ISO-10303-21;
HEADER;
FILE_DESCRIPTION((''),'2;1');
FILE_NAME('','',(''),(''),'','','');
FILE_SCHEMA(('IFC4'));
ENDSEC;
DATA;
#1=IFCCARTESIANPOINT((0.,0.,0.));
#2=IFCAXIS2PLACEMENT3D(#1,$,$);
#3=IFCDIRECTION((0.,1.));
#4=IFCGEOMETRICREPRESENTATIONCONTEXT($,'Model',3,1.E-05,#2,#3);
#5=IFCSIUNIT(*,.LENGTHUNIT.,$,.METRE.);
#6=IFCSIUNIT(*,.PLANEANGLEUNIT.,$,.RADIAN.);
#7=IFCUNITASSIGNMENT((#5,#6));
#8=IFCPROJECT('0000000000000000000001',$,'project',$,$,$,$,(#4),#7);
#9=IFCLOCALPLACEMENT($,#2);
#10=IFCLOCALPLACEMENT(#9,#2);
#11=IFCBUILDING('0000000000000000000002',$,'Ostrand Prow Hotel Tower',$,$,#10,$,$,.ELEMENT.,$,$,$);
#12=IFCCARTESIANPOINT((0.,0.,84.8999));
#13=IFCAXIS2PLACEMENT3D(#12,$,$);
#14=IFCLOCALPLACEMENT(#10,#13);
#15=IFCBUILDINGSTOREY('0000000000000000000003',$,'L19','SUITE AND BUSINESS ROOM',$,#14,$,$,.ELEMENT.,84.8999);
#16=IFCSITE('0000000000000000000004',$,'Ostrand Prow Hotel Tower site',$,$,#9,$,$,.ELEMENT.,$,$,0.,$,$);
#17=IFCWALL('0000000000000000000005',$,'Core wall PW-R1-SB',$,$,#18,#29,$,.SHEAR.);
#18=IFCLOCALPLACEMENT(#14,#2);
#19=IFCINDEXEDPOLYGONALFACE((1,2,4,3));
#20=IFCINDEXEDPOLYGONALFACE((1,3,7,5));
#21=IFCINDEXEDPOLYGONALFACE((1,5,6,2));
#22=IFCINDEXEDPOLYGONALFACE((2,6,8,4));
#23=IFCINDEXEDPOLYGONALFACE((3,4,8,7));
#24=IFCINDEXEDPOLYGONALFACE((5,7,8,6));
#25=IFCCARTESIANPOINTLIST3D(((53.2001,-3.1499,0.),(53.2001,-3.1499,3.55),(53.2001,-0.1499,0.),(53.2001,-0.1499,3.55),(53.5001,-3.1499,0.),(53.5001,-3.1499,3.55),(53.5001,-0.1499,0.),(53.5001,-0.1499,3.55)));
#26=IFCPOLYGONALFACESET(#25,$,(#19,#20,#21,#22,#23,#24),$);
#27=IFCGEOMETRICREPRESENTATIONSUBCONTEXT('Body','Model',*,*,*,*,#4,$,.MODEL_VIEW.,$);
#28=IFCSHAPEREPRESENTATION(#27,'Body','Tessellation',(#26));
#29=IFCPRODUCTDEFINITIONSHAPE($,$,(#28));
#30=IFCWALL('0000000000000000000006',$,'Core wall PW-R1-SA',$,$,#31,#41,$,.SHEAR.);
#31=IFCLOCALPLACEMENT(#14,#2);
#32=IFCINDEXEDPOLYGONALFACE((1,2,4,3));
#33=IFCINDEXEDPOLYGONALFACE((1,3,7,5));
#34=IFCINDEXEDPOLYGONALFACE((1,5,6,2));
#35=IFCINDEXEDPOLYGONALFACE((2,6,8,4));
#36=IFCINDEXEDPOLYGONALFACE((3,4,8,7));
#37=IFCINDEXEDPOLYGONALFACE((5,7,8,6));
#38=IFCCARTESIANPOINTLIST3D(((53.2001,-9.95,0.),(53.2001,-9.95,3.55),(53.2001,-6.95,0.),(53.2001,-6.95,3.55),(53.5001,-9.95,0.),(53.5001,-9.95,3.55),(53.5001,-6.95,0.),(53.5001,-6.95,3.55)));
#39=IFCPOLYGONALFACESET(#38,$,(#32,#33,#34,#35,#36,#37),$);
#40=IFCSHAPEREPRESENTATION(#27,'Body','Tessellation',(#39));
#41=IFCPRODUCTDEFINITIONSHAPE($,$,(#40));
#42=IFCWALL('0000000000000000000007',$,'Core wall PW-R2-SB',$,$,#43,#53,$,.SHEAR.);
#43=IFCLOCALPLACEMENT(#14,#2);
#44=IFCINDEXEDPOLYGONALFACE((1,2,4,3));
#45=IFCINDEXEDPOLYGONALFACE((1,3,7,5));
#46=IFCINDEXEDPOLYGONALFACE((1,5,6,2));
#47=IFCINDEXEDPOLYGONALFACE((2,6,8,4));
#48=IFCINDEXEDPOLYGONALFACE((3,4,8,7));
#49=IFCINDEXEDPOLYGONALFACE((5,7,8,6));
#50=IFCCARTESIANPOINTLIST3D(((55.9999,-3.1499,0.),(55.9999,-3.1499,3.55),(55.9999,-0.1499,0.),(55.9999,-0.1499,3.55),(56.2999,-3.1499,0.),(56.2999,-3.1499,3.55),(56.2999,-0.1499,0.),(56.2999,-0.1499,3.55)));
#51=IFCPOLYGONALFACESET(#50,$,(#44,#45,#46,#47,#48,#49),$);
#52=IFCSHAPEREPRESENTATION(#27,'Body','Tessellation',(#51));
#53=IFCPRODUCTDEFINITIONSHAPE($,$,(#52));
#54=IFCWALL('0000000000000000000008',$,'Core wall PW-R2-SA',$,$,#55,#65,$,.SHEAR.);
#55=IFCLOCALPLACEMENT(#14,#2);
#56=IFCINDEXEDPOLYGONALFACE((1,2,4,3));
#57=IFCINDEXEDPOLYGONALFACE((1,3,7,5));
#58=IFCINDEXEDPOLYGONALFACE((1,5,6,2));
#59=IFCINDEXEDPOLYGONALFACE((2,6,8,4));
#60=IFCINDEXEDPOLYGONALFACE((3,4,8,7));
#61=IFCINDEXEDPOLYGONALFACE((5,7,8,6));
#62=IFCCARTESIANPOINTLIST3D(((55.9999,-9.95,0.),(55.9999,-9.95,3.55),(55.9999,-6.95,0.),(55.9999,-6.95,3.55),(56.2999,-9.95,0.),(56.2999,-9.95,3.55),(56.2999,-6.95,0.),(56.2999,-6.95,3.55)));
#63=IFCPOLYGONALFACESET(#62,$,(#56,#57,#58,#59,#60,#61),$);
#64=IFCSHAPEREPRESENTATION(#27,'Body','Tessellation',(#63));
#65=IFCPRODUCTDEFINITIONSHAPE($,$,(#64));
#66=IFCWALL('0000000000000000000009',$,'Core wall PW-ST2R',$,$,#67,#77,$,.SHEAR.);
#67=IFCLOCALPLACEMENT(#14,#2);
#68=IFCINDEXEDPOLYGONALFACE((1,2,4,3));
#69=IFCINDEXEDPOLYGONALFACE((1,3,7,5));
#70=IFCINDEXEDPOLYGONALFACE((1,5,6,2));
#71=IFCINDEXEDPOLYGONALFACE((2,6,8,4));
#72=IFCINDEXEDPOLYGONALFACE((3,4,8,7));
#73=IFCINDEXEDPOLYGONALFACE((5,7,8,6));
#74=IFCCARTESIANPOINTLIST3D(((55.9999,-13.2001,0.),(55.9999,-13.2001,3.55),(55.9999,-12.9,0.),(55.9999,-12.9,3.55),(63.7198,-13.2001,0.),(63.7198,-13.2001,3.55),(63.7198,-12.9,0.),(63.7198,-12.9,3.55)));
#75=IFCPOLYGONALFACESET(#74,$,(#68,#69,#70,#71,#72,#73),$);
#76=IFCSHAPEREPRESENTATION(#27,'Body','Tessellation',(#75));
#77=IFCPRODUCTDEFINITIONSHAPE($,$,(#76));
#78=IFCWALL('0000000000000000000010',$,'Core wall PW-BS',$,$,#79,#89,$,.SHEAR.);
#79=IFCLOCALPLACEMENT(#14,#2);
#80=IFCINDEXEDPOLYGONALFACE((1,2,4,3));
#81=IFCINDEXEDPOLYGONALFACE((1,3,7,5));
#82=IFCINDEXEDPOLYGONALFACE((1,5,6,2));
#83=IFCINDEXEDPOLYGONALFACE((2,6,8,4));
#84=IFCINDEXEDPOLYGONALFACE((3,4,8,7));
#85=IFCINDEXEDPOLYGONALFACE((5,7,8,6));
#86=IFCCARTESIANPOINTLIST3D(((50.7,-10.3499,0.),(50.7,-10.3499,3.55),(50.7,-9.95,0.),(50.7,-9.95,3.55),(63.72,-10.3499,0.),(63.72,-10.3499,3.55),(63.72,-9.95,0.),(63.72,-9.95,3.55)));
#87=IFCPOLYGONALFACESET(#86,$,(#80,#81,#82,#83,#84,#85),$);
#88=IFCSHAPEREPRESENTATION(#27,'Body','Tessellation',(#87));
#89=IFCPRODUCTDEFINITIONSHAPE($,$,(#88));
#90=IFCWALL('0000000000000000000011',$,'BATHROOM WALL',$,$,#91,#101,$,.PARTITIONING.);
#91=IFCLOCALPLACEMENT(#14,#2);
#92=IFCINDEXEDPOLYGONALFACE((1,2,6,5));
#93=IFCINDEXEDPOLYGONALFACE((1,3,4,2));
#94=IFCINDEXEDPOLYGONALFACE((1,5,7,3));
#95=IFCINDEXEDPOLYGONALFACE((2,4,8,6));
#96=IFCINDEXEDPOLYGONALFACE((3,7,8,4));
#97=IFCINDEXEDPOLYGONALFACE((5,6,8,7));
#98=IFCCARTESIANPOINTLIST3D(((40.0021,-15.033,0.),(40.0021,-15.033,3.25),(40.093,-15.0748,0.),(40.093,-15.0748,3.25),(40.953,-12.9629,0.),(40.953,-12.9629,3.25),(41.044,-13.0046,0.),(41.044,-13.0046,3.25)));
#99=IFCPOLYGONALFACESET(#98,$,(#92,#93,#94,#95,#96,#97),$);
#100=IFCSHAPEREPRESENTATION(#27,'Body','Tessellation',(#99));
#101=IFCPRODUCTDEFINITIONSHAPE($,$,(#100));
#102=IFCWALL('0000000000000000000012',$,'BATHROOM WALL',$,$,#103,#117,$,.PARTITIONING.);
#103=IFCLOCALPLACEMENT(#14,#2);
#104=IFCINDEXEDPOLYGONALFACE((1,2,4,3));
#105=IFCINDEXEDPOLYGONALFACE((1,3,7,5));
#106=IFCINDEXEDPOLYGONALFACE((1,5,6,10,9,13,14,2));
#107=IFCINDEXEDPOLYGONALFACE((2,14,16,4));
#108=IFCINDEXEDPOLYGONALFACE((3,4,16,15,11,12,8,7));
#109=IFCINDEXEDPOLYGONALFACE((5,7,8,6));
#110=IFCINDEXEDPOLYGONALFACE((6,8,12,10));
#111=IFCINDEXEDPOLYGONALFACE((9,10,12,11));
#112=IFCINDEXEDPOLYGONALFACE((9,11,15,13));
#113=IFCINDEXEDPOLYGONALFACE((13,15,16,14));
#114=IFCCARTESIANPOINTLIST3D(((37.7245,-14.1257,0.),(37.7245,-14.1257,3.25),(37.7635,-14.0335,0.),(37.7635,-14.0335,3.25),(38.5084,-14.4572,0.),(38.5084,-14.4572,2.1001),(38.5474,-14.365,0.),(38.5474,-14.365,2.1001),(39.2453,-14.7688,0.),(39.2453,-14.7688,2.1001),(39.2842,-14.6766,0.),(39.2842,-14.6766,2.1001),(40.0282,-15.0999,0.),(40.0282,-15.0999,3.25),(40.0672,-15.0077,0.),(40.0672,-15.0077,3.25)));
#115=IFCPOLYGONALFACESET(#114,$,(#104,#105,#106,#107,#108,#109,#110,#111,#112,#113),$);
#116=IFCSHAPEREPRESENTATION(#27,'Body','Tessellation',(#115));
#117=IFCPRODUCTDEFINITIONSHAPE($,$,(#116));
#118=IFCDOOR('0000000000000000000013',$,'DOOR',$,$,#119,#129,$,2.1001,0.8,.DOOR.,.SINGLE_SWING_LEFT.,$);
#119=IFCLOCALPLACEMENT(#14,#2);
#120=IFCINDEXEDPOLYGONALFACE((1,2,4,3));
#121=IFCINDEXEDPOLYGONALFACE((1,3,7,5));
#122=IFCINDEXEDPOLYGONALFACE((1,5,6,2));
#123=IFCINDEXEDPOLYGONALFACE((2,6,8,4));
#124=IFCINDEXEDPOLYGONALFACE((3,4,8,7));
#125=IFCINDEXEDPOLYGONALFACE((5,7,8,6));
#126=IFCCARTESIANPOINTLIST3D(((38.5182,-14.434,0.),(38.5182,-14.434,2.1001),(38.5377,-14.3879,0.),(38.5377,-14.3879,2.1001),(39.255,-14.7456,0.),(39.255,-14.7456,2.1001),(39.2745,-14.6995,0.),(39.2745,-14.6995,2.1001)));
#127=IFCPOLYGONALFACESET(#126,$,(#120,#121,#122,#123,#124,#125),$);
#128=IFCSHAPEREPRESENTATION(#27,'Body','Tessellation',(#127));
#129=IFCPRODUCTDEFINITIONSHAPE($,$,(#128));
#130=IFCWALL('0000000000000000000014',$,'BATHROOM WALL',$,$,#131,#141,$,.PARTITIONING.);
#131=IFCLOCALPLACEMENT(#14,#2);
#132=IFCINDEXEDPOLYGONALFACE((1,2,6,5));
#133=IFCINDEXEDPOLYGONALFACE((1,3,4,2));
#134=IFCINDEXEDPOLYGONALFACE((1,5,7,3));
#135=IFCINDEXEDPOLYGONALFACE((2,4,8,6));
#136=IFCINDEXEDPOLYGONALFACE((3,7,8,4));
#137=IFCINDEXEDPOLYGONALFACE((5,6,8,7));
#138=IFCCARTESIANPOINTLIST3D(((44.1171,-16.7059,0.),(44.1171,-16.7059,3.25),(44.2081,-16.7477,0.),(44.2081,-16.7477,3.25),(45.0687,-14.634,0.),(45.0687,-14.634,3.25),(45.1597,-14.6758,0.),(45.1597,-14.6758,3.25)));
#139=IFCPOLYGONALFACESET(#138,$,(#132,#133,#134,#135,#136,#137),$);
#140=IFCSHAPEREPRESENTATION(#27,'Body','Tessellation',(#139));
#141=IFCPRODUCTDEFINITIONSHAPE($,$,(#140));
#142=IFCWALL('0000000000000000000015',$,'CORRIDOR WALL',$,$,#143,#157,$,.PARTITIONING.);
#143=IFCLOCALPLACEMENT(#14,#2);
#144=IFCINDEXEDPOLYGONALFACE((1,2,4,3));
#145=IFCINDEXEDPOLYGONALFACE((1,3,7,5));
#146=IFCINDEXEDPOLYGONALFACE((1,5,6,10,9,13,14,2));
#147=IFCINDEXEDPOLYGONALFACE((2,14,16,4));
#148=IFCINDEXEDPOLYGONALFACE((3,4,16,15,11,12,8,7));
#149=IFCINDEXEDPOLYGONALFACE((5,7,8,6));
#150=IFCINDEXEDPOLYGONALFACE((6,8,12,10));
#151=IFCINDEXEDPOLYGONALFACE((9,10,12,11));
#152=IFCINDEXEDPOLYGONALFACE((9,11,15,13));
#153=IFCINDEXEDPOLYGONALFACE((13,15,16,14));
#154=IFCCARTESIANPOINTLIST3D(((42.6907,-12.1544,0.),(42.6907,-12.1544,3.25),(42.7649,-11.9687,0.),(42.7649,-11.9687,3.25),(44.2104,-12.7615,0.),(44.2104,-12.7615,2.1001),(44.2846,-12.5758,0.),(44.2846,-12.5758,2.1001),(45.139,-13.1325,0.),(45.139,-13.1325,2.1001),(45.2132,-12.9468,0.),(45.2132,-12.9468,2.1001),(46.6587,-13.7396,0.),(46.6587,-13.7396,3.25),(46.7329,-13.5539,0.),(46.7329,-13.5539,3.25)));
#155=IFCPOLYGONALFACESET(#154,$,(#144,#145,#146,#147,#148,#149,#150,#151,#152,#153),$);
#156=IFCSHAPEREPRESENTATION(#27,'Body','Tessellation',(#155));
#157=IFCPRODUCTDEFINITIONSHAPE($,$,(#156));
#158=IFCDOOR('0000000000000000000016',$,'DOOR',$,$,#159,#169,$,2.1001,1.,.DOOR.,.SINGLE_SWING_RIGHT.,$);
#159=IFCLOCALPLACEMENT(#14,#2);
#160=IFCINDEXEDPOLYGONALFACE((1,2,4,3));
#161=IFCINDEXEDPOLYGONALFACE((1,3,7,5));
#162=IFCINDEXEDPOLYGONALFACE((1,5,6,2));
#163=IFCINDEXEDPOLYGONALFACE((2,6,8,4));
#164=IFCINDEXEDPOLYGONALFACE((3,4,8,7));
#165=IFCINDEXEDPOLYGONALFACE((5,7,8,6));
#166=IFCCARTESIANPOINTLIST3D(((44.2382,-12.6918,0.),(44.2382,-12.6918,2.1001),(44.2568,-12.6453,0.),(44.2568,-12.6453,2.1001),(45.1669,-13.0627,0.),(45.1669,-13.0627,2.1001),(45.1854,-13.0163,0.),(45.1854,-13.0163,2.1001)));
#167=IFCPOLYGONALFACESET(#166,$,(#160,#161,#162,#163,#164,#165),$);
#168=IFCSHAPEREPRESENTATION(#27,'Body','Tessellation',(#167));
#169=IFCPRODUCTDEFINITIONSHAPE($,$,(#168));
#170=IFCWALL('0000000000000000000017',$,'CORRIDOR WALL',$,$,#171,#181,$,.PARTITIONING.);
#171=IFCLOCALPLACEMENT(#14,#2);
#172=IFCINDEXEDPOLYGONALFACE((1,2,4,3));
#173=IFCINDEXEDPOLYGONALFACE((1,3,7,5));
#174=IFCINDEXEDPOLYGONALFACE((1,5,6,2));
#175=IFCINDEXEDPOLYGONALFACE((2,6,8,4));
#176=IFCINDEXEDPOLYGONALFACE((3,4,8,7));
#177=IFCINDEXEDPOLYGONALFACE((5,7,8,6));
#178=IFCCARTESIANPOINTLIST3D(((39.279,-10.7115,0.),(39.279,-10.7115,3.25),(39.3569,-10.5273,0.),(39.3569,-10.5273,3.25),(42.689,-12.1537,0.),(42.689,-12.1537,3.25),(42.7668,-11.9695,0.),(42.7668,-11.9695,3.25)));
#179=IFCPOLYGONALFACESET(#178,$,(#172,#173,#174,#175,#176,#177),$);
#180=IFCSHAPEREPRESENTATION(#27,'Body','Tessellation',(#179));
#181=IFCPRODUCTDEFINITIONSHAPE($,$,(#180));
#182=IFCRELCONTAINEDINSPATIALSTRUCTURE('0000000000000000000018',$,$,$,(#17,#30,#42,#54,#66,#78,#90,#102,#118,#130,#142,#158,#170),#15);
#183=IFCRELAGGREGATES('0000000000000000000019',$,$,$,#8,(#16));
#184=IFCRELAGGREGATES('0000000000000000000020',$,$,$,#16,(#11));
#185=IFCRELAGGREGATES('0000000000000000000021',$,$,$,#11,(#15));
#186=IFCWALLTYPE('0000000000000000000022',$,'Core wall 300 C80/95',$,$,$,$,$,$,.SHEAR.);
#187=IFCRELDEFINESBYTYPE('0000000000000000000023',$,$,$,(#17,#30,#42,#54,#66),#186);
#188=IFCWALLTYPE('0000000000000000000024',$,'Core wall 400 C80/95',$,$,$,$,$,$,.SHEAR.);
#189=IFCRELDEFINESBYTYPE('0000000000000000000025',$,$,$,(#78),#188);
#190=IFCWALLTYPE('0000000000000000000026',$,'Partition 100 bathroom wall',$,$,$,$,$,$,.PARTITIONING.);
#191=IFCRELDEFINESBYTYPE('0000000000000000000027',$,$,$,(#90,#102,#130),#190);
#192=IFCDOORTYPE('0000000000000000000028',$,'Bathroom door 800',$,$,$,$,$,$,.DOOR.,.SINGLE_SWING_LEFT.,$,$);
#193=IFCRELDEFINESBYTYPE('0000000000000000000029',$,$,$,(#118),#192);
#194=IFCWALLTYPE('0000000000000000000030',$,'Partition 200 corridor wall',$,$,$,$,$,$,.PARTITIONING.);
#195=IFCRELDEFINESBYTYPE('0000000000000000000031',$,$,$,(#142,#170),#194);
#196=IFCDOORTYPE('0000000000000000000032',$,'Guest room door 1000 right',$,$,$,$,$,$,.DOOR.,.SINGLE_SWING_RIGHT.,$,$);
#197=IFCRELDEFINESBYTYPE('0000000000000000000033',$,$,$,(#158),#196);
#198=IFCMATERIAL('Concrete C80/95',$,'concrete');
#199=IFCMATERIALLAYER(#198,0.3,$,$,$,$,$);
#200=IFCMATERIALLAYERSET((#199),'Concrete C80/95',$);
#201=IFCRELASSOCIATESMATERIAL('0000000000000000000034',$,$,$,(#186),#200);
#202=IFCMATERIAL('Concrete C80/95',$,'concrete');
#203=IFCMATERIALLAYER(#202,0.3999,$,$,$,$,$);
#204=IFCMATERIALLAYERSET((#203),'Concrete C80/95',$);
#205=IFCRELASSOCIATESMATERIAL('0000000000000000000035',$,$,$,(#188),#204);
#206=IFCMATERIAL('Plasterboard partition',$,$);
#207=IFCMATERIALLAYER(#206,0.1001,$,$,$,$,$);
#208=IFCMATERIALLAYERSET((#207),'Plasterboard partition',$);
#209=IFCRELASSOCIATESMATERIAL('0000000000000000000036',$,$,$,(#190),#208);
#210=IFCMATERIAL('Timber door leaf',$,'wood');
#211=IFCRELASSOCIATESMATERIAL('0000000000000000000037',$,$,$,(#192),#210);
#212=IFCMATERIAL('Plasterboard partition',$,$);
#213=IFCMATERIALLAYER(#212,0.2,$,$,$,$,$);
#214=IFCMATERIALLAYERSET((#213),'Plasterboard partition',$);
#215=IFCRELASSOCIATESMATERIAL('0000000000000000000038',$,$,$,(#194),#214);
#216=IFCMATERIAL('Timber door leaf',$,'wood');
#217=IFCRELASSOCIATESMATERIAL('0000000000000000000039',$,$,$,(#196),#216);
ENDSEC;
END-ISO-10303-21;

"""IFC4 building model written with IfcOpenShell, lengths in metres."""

from ifc_helpers import new_model, si_unit, direction, frame, frame_2d, origin, place, context, subcontext, project, spatial, rectangle, extrude, material, layer, layer_set, type_object, element, fill, save


model = new_model("IFC4")

# Units and contexts
model_context = context("Model", 3, precision=1e-05, world=origin(), true_north=direction((0.0, 1.0)))
body_context = subcontext(model_context, "Body", "Model", "MODEL_VIEW")
ifc_project = project(units=[si_unit("LENGTHUNIT", "METRE"), si_unit("PLANEANGLEUNIT", "RADIAN")], contexts=[model_context])

# Site, building, storey
site_placement = place(None, origin())
site = spatial("IfcSite", under=ifc_project, at=site_placement, Name="Ostrand Prow Hotel Tower site", CompositionType="ELEMENT", RefElevation=0.0)
building_placement = place(site_placement, origin())
building = spatial("IfcBuilding", under=site, at=building_placement, Name="Ostrand Prow Hotel Tower", CompositionType="ELEMENT")
storey_placement = place(building_placement, frame((0.0, 0.0, 84.8999)))
storey = spatial("IfcBuildingStorey", under=building, at=storey_placement, Name="L19", Description="SUITE AND BUSINESS ROOM", CompositionType="ELEMENT", Elevation=84.8999)

# Shared definitions
ifc_material_1 = material(Name="Concrete C80/95", Category="concrete")
ifc_layer_1 = layer(ifc_material_1, 0.3)
ifc_layer_set_1 = layer_set([ifc_layer_1], Name="Concrete C80/95")
wall_type_1 = type_object("IfcWallType", Name="Core wall 300 C80/95", PredefinedType="SHEAR", material=ifc_layer_set_1)

# Walls
for number, where, z_axis, x_axis, name in (
    (1, (53.3501, -3.1499, 0.0), (0.0, 0.0, 1.0), (0.0, 1.0, 0.0), "Core wall PW-R1-SB"),
    (2, (53.3501, -9.95, 0.0), (0.0, 0.0, 1.0), (0.0, 1.0, 0.0), "Core wall PW-R1-SA"),
    (3, (56.1499, -3.1499, 0.0), (0.0, 0.0, 1.0), (0.0, 1.0, 0.0), "Core wall PW-R2-SB"),
    (4, (56.1499, -9.95, 0.0), (0.0, 0.0, 1.0), (0.0, 1.0, 0.0), "Core wall PW-R2-SA"),
):
    element("IfcWall", number, at=place(storey_placement, frame(where, z_axis=z_axis, x_axis=x_axis)), inside=storey, type_object=wall_type_1, Name=name, PredefinedType="SHEAR", context=body_context, shape_type="SweptSolid", body=[
        extrude(rectangle(XDim=3.0, YDim=0.3, at=frame_2d((1.5, 0.0))), origin(), (0.0, 0.0, 1.0), 3.55),
    ])
wall_1_placement = place(storey_placement, frame((56.0, -13.05, 0.0), z_axis=(0.0, 0.0, 1.0), x_axis=(1.0, 0.0, 0.0)))
element("IfcWall", 5, at=wall_1_placement, inside=storey, type_object=wall_type_1, Name="Core wall PW-ST2R", PredefinedType="SHEAR", context=body_context, shape_type="SweptSolid", body=[
    extrude(rectangle(XDim=7.72, YDim=0.3, at=frame_2d((3.8599, 0.0))), origin(), (0.0, 0.0, 1.0), 3.55),
])
ifc_material_2 = material(Name="Concrete C80/95", Category="concrete")
ifc_layer_2 = layer(ifc_material_2, 0.3999)
ifc_layer_set_2 = layer_set([ifc_layer_2], Name="Concrete C80/95")
wall_type_2 = type_object("IfcWallType", Name="Core wall 400 C80/95", PredefinedType="SHEAR", material=ifc_layer_set_2)
wall_2_placement = place(storey_placement, frame((50.7, -10.1499, 0.0), z_axis=(0.0, 0.0, 1.0), x_axis=(1.0, 0.0, 0.0)))
element("IfcWall", 6, at=wall_2_placement, inside=storey, type_object=wall_type_2, Name="Core wall PW-BS", PredefinedType="SHEAR", context=body_context, shape_type="SweptSolid", body=[
    extrude(rectangle(XDim=13.02, YDim=0.3999, at=frame_2d((6.51, 0.0))), origin(), (0.0, 0.0, 1.0), 3.55),
])
ifc_material_3 = material(Name="Plasterboard partition")
ifc_layer_3 = layer(ifc_material_3, 0.1001)
ifc_layer_set_3 = layer_set([ifc_layer_3], Name="Plasterboard partition")
wall_type_3 = type_object("IfcWallType", Name="Partition 100 bathroom wall", PredefinedType="PARTITIONING", material=ifc_layer_set_3)
wall_3_placement = place(storey_placement, frame((40.9985, -12.9836, 0.0), z_axis=(0.0, 0.0, 1.0), x_axis=(-0.417433, -0.908708, 0.0)))
element("IfcWall", 7, at=wall_3_placement, inside=storey, type_object=wall_type_3, Name="BATHROOM WALL", PredefinedType="PARTITIONING", context=body_context, shape_type="SweptSolid", body=[
    extrude(rectangle(XDim=2.2781, YDim=0.1001, at=frame_2d((1.1392, 0.0))), origin(), (0.0, 0.0, 1.0), 3.25),
])

# Wall, opening, door
wall_4_placement = place(storey_placement, frame((40.0476, -15.0537, 0.0), z_axis=(0.0, 0.0, 1.0), x_axis=(-0.921043, 0.389462, 0.0)))
wall_4 = element("IfcWall", 8, at=wall_4_placement, inside=storey, type_object=wall_type_3, Name="BATHROOM WALL", PredefinedType="PARTITIONING", context=body_context, shape_type="SweptSolid", body=[
    extrude(rectangle(XDim=2.5012, YDim=0.1001, at=frame_2d((1.2505, 0.0))), origin(), (0.0, 0.0, 1.0), 3.25),
])
opening_1_placement = place(wall_4_placement, frame((0.8501, 0.0, 0.0)))
opening_1 = element("IfcOpeningElement", 9, at=opening_1_placement, cuts=wall_4, PredefinedType="OPENING", context=body_context, shape_type="SweptSolid", body=[
    extrude(rectangle(XDim=0.8, YDim=2.1001, at=frame_2d((0.3999, 1.05))), frame((0.0, 0.0601, 0.0), z_axis=(0.0, -1.0, 0.0), x_axis=(1.0, 0.0, 0.0)), (0.0, 0.0, 1.0), 0.1201),
])
ifc_material_4 = material(Name="Timber door leaf", Category="wood")
door_type_1 = type_object("IfcDoorType", Name="Bathroom door 800", OperationType="SINGLE_SWING_LEFT", PredefinedType="DOOR", material=ifc_material_4)
door_1_placement = place(opening_1_placement, origin())
door_1 = element("IfcDoor", 10, at=door_1_placement, inside=storey, type_object=door_type_1, Name="DOOR", OperationType="SINGLE_SWING_LEFT", OverallHeight=2.1001, OverallWidth=0.8, PredefinedType="DOOR", context=body_context, shape_type="SweptSolid", body=[
    extrude(rectangle(XDim=0.8, YDim=2.1001, at=frame_2d((0.3999, 1.05))), frame((0.0, 0.0249, 0.0), z_axis=(0.0, -1.0, 0.0), x_axis=(1.0, 0.0, 0.0)), (0.0, 0.0, 1.0), 0.05),
])
fill(opening_1, door_1)

# Wall
wall_5_placement = place(storey_placement, frame((45.1143, -14.6548, 0.0), z_axis=(0.0, 0.0, 1.0), x_axis=(-0.417374, -0.908735, 0.0)))
element("IfcWall", 11, at=wall_5_placement, inside=storey, type_object=wall_type_3, Name="BATHROOM WALL", PredefinedType="PARTITIONING", context=body_context, shape_type="SweptSolid", body=[
    extrude(rectangle(XDim=2.28, YDim=0.1001, at=frame_2d((1.1401, 0.0))), origin(), (0.0, 0.0, 1.0), 3.25),
])

# Wall, opening, door
ifc_material_5 = material(Name="Plasterboard partition")
ifc_layer_4 = layer(ifc_material_5, 0.2)
ifc_layer_set_4 = layer_set([ifc_layer_4], Name="Plasterboard partition")
wall_type_4 = type_object("IfcWallType", Name="Partition 200 corridor wall", PredefinedType="PARTITIONING", material=ifc_layer_set_4)
wall_6_placement = place(storey_placement, frame((46.6958, -13.6467, 0.0), z_axis=(0.0, 0.0, 1.0), x_axis=(-0.928638, 0.370987, 0.0)))
wall_6 = element("IfcWall", 12, at=wall_6_placement, inside=storey, type_object=wall_type_4, Name="CORRIDOR WALL", PredefinedType="PARTITIONING", context=body_context, shape_type="SweptSolid", body=[
    extrude(rectangle(XDim=4.2729, YDim=0.2, at=frame_2d((2.1365, 0.0))), origin(), (0.0, 0.0, 1.0), 3.25),
])
opening_2_placement = place(wall_6_placement, frame((1.6365, 0.0, 0.0)))
opening_2 = element("IfcOpeningElement", 13, at=opening_2_placement, cuts=wall_6, PredefinedType="OPENING", context=body_context, shape_type="SweptSolid", body=[
    extrude(rectangle(XDim=1.0, YDim=2.1001, at=frame_2d((0.5, 1.05))), frame((0.0, 0.1099, 0.0), z_axis=(0.0, -1.0, 0.0), x_axis=(1.0, 0.0, 0.0)), (0.0, 0.0, 1.0), 0.22),
])
ifc_material_6 = material(Name="Timber door leaf", Category="wood")
door_type_2 = type_object("IfcDoorType", Name="Guest room door 1000 right", OperationType="SINGLE_SWING_RIGHT", PredefinedType="DOOR", material=ifc_material_6)
door_2_placement = place(opening_2_placement, origin())
door_2 = element("IfcDoor", 14, at=door_2_placement, inside=storey, type_object=door_type_2, Name="DOOR", OperationType="SINGLE_SWING_RIGHT", OverallHeight=2.1001, OverallWidth=1.0, PredefinedType="DOOR", context=body_context, shape_type="SweptSolid", body=[
    extrude(rectangle(XDim=1.0, YDim=2.1001, at=frame_2d((0.5, 1.05))), frame((0.0, 0.0249, 0.0), z_axis=(0.0, -1.0, 0.0), x_axis=(1.0, 0.0, 0.0)), (0.0, 0.0, 1.0), 0.05),
])
fill(opening_2, door_2)

# Wall
wall_7_placement = place(storey_placement, frame((42.7278, -12.0615, 0.0), z_axis=(0.0, 0.0, 1.0), x_axis=(-0.921017, 0.389522, 0.0)))
element("IfcWall", 15, at=wall_7_placement, inside=storey, type_object=wall_type_4, Name="CORRIDOR WALL", PredefinedType="PARTITIONING", context=body_context, shape_type="SweptSolid", body=[
    extrude(rectangle(XDim=3.7024, YDim=0.2, at=frame_2d((1.8511, 0.0))), origin(), (0.0, 0.0, 1.0), 3.25),
])

save(model, "model.ifc")
